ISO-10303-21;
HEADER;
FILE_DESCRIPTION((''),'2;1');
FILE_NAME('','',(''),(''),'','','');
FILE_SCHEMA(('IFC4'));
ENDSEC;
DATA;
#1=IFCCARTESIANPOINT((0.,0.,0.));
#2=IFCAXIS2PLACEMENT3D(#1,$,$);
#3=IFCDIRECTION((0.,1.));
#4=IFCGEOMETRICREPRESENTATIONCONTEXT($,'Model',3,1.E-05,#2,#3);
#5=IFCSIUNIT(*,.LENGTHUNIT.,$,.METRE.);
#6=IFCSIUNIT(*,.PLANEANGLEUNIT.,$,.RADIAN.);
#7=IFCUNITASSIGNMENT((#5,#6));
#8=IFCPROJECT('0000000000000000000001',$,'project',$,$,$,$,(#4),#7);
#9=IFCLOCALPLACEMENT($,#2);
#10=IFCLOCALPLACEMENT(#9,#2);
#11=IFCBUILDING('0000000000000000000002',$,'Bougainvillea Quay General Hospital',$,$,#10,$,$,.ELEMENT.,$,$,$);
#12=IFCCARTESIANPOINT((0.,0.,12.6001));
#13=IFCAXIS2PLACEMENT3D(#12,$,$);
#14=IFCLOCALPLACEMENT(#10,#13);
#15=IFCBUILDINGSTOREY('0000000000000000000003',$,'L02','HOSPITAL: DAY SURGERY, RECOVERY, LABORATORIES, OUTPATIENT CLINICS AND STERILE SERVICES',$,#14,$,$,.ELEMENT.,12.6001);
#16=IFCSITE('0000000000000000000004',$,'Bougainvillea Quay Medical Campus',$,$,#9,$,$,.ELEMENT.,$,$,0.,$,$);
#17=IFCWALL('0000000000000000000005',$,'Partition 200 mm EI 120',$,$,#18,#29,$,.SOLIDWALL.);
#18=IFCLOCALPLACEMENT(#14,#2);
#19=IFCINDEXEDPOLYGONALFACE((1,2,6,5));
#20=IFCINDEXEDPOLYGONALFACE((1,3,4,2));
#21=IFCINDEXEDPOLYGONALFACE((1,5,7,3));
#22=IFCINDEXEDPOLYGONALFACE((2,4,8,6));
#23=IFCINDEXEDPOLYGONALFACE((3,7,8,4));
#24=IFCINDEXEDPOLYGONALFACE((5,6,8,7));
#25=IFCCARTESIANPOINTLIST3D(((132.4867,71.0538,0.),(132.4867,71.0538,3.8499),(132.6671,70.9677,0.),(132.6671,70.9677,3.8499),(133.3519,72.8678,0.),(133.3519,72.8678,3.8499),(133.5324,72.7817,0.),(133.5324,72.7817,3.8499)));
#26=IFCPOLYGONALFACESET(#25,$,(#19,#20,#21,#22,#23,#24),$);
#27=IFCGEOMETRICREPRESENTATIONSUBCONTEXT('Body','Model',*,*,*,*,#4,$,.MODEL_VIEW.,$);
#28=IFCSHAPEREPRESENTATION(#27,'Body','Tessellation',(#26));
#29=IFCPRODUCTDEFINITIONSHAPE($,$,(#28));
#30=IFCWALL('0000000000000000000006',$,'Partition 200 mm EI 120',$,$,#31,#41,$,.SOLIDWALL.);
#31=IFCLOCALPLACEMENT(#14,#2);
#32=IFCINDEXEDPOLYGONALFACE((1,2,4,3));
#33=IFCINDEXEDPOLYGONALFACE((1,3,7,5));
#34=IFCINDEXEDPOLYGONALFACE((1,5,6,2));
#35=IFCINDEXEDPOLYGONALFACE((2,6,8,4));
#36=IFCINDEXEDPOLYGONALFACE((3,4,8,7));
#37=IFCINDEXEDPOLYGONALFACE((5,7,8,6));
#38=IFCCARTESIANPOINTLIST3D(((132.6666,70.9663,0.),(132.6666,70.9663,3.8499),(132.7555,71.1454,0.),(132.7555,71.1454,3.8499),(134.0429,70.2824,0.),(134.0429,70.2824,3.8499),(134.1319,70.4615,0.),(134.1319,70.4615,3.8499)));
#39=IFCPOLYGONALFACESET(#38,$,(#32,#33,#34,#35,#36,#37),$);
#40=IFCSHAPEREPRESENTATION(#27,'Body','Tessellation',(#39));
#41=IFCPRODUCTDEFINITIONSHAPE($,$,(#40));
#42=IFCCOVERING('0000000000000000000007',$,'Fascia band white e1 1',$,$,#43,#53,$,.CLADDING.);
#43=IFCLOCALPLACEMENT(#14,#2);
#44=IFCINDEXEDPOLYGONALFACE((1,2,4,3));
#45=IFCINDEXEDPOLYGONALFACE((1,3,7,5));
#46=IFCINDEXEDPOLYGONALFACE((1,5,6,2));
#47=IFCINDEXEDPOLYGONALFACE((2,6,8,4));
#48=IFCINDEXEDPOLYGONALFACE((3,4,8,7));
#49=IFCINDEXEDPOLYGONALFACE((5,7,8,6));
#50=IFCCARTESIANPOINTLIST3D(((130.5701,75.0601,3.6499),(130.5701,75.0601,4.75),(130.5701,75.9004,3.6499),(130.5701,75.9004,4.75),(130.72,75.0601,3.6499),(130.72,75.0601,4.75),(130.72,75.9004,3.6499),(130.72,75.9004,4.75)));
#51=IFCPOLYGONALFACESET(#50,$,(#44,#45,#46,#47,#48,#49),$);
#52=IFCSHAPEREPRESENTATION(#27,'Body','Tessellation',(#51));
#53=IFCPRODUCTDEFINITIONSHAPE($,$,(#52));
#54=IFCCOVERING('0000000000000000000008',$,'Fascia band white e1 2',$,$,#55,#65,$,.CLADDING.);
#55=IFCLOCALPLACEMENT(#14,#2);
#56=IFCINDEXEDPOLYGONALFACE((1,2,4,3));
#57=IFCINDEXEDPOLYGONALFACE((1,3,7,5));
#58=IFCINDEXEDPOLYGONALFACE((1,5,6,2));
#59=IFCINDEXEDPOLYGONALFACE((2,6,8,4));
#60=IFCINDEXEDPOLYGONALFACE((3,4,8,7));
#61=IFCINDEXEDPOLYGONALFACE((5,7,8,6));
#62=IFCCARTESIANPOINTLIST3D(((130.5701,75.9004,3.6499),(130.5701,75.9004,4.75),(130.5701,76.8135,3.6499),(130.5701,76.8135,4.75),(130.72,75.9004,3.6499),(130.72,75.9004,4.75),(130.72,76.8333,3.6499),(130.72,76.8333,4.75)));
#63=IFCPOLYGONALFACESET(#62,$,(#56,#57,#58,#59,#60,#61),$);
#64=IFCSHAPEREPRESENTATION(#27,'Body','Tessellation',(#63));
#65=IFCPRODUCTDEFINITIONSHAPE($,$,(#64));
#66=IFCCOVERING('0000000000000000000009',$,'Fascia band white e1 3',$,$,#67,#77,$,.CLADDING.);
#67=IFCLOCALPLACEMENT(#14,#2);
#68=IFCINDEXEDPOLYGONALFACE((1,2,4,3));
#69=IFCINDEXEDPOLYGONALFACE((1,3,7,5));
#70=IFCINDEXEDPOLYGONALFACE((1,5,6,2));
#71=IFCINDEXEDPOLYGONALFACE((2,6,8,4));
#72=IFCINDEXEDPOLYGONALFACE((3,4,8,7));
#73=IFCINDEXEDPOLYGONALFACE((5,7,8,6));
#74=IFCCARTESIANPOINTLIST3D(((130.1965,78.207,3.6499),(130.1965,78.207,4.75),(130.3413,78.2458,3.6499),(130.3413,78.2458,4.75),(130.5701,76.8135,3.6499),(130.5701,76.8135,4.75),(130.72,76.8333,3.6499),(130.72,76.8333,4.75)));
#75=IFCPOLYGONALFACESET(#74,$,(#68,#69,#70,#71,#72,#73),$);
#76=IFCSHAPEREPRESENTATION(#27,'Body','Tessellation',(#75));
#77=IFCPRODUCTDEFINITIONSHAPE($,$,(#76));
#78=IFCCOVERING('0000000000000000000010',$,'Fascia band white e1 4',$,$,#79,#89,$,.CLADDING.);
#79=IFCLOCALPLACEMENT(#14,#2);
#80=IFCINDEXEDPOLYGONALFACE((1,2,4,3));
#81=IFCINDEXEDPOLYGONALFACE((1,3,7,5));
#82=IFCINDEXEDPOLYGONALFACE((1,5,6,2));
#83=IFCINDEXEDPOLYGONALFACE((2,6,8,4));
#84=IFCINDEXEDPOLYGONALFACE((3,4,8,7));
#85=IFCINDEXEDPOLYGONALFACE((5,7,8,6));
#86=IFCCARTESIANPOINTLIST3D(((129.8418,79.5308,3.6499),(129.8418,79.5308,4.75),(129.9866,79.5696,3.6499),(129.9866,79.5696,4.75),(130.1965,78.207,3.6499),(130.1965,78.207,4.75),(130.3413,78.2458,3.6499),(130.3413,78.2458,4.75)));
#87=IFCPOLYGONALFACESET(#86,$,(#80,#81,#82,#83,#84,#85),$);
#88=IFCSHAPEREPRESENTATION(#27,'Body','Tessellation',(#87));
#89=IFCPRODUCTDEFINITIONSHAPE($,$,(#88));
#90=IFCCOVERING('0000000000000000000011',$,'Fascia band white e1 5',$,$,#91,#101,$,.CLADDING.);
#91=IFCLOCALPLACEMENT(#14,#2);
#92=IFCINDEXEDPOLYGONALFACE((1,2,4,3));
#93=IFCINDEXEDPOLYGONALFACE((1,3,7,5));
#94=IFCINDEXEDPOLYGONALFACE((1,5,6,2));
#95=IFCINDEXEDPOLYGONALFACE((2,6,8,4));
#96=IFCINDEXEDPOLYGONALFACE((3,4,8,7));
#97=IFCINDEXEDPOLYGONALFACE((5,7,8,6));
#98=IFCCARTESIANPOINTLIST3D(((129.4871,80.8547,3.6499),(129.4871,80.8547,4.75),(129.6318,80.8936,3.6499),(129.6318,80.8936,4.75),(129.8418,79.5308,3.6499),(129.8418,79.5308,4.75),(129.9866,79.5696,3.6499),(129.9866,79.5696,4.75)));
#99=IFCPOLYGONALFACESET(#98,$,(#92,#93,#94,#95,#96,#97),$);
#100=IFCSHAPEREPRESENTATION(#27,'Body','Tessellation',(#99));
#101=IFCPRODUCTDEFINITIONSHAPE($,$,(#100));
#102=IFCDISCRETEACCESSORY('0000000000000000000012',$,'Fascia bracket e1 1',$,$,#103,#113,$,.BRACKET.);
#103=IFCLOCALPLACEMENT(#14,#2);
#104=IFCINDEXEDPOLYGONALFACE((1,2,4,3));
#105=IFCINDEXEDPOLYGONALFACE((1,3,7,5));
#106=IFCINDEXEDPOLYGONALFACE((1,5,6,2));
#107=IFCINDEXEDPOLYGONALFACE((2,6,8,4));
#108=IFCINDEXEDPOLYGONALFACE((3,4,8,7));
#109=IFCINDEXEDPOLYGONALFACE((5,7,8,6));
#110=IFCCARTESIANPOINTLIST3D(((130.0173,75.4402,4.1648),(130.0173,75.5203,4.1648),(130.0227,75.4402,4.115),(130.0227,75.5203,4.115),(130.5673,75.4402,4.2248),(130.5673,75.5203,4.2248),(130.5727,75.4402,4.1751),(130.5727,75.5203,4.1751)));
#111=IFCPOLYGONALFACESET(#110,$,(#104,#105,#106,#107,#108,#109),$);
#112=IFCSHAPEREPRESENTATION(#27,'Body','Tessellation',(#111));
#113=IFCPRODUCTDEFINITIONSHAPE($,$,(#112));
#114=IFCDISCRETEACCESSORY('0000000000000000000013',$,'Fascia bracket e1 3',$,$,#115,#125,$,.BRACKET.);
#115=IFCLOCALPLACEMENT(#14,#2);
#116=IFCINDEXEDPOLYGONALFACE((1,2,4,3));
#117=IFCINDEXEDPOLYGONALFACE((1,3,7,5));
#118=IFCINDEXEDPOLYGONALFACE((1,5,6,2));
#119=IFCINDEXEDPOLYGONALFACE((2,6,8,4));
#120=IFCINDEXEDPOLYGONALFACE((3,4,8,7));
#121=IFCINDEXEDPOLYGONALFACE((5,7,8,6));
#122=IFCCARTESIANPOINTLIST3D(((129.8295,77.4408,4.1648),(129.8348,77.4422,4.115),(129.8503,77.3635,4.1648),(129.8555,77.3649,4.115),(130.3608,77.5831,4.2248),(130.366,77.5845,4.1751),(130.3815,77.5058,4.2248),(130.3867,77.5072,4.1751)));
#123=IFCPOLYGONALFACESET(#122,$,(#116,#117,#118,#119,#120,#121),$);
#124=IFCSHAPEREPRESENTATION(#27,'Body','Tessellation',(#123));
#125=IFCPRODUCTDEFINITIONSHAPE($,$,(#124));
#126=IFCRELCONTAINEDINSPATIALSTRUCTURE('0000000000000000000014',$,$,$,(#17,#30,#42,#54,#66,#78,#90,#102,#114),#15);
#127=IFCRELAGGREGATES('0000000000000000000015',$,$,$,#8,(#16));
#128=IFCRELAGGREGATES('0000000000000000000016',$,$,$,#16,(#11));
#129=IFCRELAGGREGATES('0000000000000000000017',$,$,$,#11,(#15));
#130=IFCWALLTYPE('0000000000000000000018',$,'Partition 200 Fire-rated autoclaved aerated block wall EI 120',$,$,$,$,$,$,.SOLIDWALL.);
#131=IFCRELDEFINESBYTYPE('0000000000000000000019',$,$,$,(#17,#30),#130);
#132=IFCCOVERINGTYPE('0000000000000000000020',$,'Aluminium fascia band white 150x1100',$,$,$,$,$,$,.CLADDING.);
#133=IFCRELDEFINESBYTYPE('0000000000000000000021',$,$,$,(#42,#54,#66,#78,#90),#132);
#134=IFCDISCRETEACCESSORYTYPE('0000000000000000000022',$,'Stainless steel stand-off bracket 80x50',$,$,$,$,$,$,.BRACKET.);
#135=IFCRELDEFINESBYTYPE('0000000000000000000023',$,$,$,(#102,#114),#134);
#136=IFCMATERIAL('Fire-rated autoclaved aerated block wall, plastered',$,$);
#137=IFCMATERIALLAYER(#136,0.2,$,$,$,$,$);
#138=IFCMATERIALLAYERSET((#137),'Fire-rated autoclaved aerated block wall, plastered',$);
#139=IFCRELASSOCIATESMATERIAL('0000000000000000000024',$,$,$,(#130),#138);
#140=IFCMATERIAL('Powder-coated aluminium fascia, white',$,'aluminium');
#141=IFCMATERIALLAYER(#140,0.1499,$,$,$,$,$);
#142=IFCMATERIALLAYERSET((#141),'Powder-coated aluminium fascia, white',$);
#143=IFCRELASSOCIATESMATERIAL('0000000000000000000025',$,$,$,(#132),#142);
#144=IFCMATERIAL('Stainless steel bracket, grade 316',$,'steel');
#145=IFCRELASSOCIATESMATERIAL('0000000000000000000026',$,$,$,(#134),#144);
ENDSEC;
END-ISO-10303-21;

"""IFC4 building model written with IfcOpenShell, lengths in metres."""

from ifc_helpers import new_model, si_unit, direction, frame, frame_2d, origin, origin_2d, place, context, subcontext, project, spatial, polyline, rectangle, outline, extrude, material, layer, layer_set, material_profile, profile_set, type_object, element, save


model = new_model("IFC4")

# Units and contexts
model_context = context("Model", 3, precision=1e-05, world=origin(), true_north=direction((0.0, 1.0)))
body_context = subcontext(model_context, "Body", "Model", "MODEL_VIEW")
ifc_project = project(units=[si_unit("LENGTHUNIT", "METRE"), si_unit("PLANEANGLEUNIT", "RADIAN")], contexts=[model_context])

# Site, building, storey
site_placement = place(None, origin())
site = spatial("IfcSite", under=ifc_project, at=site_placement, Name="Bougainvillea Quay Medical Campus", CompositionType="ELEMENT", RefElevation=0.0)
building_placement = place(site_placement, origin())
building = spatial("IfcBuilding", under=site, at=building_placement, Name="Bougainvillea Quay General Hospital", CompositionType="ELEMENT")
storey_placement = place(building_placement, frame((0.0, 0.0, 12.6001)))
storey = spatial("IfcBuildingStorey", under=building, at=storey_placement, Name="L02", Description="HOSPITAL: DAY SURGERY, RECOVERY, LABORATORIES, OUTPATIENT CLINICS AND STERILE SERVICES", CompositionType="ELEMENT", Elevation=12.6001)

# Walls
ifc_material_1 = material(Name="Fire-rated autoclaved aerated block wall, plastered")
ifc_layer_1 = layer(ifc_material_1, 0.2)
ifc_layer_set_1 = layer_set([ifc_layer_1], Name="Fire-rated autoclaved aerated block wall, plastered")
wall_type_1 = type_object("IfcWallType", Name="Partition 200 Fire-rated autoclaved aerated block wall EI 120", PredefinedType="SOLIDWALL", material=ifc_layer_set_1)
wall_1_placement = place(storey_placement, frame((132.5769, 71.0107, 0.0), z_axis=(0.0, 0.0, 1.0), x_axis=(0.430518, 0.902582, 0.0)))
element("IfcWall", 1, at=wall_1_placement, inside=storey, type_object=wall_type_1, Name="Partition 200 mm EI 120", PredefinedType="SOLIDWALL", context=body_context, shape_type="SweptSolid", body=[
    extrude(rectangle(XDim=2.0098, YDim=0.2, at=frame_2d((1.0049, 0.0))), origin(), (0.0, 0.0, 1.0), 3.8499),
])
wall_2_placement = place(storey_placement, frame((132.7109, 71.0559, 0.0), z_axis=(0.0, 0.0, 1.0), x_axis=(0.895536, -0.444988, 0.0)))
element("IfcWall", 2, at=wall_2_placement, inside=storey, type_object=wall_type_1, Name="Partition 200 mm EI 120", PredefinedType="SOLIDWALL", context=body_context, shape_type="SweptSolid", body=[
    extrude(rectangle(XDim=1.5369, YDim=0.2, at=frame_2d((0.7686, 0.0))), origin(), (0.0, 0.0, 1.0), 3.8499),
])

# Coverings
ifc_material_2 = material(Name="Powder-coated aluminium fascia, white", Category="aluminium")
ifc_layer_2 = layer(ifc_material_2, 0.1499)
ifc_layer_set_2 = layer_set([ifc_layer_2], Name="Powder-coated aluminium fascia, white")
covering_type = type_object("IfcCoveringType", Name="Aluminium fascia band white 150x1100", PredefinedType="CLADDING", material=ifc_layer_set_2)
covering_1_placement = place(storey_placement, frame((130.5701, 75.0601, 3.6499), z_axis=(0.0, 0.0, 1.0), x_axis=(0.0, 1.0, 0.0)))
element("IfcCovering", 3, at=covering_1_placement, inside=storey, type_object=covering_type, Name="Fascia band white e1 1", PredefinedType="CLADDING", context=body_context, shape_type="SweptSolid", body=[
    extrude(outline(polyline([(0.0, 0.0), (0.8403, 0.0), (0.8403, -0.1499), (0.0, -0.1499), (0.0, 0.0)])), origin(), (0.0, 0.0, 1.0), 1.1001),
])
covering_2_placement = place(storey_placement, frame((130.5701, 75.9004, 3.6499), z_axis=(0.0, 0.0, 1.0), x_axis=(0.0, 1.0, 0.0)))
element("IfcCovering", 4, at=covering_2_placement, inside=storey, type_object=covering_type, Name="Fascia band white e1 2", PredefinedType="CLADDING", context=body_context, shape_type="SweptSolid", body=[
    extrude(outline(polyline([(0.0, 0.0), (0.9131, 0.0), (0.9329, -0.1499), (0.0, -0.1499), (0.0, 0.0)])), origin(), (0.0, 0.0, 1.0), 1.1001),
])
covering_3_placement = place(storey_placement, frame((130.5701, 76.8135, 3.6499), z_axis=(0.0, 0.0, 1.0), x_axis=(-0.258905, 0.965903, 0.0)))
element("IfcCovering", 5, at=covering_3_placement, inside=storey, type_object=covering_type, Name="Fascia band white e1 3", PredefinedType="CLADDING", context=body_context, shape_type="SweptSolid", body=[
    extrude(outline(polyline([(0.0, 0.0), (1.4427, 0.0), (1.4428, -0.1499), (-0.0197, -0.1499), (0.0, 0.0)])), origin(), (0.0, 0.0, 1.0), 1.1001),
])
covering_4_placement = place(storey_placement, frame((130.1965, 78.207, 3.6499), z_axis=(0.0, 0.0, 1.0), x_axis=(-0.258849, 0.965918, 0.0)))
element("IfcCovering", 6, at=covering_4_placement, inside=storey, type_object=covering_type, Name="Fascia band white e1 4", PredefinedType="CLADDING", context=body_context, shape_type="SweptSolid", body=[
    extrude(outline(polyline([(0.0, 0.0), (1.3704, 0.0), (1.3705, -0.1499), (0.0, -0.1499), (0.0, 0.0)])), origin(), (0.0, 0.0, 1.0), 1.1001),
])
covering_5_placement = place(storey_placement, frame((129.8418, 79.5308, 3.6499), z_axis=(0.0, 0.0, 1.0), x_axis=(-0.258804, 0.96593, 0.0)))
element("IfcCovering", 7, at=covering_5_placement, inside=storey, type_object=covering_type, Name="Fascia band white e1 5", PredefinedType="CLADDING", context=body_context, shape_type="SweptSolid", body=[
    extrude(outline(polyline([(0.0, 0.0), (1.3707, 0.0), (1.3707, -0.1499), (0.0, -0.1499), (0.0, 0.0)])), origin(), (0.0, 0.0, 1.0), 1.1001),
])

# Discrete accessories
ifc_material_3 = material(Name="Stainless steel bracket, grade 316", Category="steel")
ifc_material_profile_1 = material_profile(ifc_material_3, rectangle(XDim=0.0801, YDim=0.05, at=origin_2d()))
ifc_profile_set_1 = profile_set([ifc_material_profile_1], Name="Stainless steel bracket, grade 316")
discrete_accessory_type = type_object("IfcDiscreteAccessoryType", Name="Stainless steel stand-off bracket 80x50", PredefinedType="BRACKET", material=ifc_profile_set_1)
for number, where, z_axis, x_axis, name in (
    (8, (130.02, 75.4802, 4.1399), (0.994092, 0.0, 0.108543), (0.0, 1.0, 0.0), "Fascia bracket e1 1"),
    (9, (129.8425, 77.4028, 4.1399), (0.960224, 0.257266, 0.108555), (-0.258795, 0.965932, 0.0), "Fascia bracket e1 3"),
):
    element("IfcDiscreteAccessory", number, at=place(storey_placement, frame(where, z_axis=z_axis, x_axis=x_axis)), inside=storey, type_object=discrete_accessory_type, Name=name, PredefinedType="BRACKET", context=body_context, shape_type="SweptSolid", body=[
        extrude(rectangle(XDim=0.0801, YDim=0.05, at=origin_2d()), origin(), (0.0, 0.0, 1.0), 0.5532),
    ])

save(model, "model.ifc")
